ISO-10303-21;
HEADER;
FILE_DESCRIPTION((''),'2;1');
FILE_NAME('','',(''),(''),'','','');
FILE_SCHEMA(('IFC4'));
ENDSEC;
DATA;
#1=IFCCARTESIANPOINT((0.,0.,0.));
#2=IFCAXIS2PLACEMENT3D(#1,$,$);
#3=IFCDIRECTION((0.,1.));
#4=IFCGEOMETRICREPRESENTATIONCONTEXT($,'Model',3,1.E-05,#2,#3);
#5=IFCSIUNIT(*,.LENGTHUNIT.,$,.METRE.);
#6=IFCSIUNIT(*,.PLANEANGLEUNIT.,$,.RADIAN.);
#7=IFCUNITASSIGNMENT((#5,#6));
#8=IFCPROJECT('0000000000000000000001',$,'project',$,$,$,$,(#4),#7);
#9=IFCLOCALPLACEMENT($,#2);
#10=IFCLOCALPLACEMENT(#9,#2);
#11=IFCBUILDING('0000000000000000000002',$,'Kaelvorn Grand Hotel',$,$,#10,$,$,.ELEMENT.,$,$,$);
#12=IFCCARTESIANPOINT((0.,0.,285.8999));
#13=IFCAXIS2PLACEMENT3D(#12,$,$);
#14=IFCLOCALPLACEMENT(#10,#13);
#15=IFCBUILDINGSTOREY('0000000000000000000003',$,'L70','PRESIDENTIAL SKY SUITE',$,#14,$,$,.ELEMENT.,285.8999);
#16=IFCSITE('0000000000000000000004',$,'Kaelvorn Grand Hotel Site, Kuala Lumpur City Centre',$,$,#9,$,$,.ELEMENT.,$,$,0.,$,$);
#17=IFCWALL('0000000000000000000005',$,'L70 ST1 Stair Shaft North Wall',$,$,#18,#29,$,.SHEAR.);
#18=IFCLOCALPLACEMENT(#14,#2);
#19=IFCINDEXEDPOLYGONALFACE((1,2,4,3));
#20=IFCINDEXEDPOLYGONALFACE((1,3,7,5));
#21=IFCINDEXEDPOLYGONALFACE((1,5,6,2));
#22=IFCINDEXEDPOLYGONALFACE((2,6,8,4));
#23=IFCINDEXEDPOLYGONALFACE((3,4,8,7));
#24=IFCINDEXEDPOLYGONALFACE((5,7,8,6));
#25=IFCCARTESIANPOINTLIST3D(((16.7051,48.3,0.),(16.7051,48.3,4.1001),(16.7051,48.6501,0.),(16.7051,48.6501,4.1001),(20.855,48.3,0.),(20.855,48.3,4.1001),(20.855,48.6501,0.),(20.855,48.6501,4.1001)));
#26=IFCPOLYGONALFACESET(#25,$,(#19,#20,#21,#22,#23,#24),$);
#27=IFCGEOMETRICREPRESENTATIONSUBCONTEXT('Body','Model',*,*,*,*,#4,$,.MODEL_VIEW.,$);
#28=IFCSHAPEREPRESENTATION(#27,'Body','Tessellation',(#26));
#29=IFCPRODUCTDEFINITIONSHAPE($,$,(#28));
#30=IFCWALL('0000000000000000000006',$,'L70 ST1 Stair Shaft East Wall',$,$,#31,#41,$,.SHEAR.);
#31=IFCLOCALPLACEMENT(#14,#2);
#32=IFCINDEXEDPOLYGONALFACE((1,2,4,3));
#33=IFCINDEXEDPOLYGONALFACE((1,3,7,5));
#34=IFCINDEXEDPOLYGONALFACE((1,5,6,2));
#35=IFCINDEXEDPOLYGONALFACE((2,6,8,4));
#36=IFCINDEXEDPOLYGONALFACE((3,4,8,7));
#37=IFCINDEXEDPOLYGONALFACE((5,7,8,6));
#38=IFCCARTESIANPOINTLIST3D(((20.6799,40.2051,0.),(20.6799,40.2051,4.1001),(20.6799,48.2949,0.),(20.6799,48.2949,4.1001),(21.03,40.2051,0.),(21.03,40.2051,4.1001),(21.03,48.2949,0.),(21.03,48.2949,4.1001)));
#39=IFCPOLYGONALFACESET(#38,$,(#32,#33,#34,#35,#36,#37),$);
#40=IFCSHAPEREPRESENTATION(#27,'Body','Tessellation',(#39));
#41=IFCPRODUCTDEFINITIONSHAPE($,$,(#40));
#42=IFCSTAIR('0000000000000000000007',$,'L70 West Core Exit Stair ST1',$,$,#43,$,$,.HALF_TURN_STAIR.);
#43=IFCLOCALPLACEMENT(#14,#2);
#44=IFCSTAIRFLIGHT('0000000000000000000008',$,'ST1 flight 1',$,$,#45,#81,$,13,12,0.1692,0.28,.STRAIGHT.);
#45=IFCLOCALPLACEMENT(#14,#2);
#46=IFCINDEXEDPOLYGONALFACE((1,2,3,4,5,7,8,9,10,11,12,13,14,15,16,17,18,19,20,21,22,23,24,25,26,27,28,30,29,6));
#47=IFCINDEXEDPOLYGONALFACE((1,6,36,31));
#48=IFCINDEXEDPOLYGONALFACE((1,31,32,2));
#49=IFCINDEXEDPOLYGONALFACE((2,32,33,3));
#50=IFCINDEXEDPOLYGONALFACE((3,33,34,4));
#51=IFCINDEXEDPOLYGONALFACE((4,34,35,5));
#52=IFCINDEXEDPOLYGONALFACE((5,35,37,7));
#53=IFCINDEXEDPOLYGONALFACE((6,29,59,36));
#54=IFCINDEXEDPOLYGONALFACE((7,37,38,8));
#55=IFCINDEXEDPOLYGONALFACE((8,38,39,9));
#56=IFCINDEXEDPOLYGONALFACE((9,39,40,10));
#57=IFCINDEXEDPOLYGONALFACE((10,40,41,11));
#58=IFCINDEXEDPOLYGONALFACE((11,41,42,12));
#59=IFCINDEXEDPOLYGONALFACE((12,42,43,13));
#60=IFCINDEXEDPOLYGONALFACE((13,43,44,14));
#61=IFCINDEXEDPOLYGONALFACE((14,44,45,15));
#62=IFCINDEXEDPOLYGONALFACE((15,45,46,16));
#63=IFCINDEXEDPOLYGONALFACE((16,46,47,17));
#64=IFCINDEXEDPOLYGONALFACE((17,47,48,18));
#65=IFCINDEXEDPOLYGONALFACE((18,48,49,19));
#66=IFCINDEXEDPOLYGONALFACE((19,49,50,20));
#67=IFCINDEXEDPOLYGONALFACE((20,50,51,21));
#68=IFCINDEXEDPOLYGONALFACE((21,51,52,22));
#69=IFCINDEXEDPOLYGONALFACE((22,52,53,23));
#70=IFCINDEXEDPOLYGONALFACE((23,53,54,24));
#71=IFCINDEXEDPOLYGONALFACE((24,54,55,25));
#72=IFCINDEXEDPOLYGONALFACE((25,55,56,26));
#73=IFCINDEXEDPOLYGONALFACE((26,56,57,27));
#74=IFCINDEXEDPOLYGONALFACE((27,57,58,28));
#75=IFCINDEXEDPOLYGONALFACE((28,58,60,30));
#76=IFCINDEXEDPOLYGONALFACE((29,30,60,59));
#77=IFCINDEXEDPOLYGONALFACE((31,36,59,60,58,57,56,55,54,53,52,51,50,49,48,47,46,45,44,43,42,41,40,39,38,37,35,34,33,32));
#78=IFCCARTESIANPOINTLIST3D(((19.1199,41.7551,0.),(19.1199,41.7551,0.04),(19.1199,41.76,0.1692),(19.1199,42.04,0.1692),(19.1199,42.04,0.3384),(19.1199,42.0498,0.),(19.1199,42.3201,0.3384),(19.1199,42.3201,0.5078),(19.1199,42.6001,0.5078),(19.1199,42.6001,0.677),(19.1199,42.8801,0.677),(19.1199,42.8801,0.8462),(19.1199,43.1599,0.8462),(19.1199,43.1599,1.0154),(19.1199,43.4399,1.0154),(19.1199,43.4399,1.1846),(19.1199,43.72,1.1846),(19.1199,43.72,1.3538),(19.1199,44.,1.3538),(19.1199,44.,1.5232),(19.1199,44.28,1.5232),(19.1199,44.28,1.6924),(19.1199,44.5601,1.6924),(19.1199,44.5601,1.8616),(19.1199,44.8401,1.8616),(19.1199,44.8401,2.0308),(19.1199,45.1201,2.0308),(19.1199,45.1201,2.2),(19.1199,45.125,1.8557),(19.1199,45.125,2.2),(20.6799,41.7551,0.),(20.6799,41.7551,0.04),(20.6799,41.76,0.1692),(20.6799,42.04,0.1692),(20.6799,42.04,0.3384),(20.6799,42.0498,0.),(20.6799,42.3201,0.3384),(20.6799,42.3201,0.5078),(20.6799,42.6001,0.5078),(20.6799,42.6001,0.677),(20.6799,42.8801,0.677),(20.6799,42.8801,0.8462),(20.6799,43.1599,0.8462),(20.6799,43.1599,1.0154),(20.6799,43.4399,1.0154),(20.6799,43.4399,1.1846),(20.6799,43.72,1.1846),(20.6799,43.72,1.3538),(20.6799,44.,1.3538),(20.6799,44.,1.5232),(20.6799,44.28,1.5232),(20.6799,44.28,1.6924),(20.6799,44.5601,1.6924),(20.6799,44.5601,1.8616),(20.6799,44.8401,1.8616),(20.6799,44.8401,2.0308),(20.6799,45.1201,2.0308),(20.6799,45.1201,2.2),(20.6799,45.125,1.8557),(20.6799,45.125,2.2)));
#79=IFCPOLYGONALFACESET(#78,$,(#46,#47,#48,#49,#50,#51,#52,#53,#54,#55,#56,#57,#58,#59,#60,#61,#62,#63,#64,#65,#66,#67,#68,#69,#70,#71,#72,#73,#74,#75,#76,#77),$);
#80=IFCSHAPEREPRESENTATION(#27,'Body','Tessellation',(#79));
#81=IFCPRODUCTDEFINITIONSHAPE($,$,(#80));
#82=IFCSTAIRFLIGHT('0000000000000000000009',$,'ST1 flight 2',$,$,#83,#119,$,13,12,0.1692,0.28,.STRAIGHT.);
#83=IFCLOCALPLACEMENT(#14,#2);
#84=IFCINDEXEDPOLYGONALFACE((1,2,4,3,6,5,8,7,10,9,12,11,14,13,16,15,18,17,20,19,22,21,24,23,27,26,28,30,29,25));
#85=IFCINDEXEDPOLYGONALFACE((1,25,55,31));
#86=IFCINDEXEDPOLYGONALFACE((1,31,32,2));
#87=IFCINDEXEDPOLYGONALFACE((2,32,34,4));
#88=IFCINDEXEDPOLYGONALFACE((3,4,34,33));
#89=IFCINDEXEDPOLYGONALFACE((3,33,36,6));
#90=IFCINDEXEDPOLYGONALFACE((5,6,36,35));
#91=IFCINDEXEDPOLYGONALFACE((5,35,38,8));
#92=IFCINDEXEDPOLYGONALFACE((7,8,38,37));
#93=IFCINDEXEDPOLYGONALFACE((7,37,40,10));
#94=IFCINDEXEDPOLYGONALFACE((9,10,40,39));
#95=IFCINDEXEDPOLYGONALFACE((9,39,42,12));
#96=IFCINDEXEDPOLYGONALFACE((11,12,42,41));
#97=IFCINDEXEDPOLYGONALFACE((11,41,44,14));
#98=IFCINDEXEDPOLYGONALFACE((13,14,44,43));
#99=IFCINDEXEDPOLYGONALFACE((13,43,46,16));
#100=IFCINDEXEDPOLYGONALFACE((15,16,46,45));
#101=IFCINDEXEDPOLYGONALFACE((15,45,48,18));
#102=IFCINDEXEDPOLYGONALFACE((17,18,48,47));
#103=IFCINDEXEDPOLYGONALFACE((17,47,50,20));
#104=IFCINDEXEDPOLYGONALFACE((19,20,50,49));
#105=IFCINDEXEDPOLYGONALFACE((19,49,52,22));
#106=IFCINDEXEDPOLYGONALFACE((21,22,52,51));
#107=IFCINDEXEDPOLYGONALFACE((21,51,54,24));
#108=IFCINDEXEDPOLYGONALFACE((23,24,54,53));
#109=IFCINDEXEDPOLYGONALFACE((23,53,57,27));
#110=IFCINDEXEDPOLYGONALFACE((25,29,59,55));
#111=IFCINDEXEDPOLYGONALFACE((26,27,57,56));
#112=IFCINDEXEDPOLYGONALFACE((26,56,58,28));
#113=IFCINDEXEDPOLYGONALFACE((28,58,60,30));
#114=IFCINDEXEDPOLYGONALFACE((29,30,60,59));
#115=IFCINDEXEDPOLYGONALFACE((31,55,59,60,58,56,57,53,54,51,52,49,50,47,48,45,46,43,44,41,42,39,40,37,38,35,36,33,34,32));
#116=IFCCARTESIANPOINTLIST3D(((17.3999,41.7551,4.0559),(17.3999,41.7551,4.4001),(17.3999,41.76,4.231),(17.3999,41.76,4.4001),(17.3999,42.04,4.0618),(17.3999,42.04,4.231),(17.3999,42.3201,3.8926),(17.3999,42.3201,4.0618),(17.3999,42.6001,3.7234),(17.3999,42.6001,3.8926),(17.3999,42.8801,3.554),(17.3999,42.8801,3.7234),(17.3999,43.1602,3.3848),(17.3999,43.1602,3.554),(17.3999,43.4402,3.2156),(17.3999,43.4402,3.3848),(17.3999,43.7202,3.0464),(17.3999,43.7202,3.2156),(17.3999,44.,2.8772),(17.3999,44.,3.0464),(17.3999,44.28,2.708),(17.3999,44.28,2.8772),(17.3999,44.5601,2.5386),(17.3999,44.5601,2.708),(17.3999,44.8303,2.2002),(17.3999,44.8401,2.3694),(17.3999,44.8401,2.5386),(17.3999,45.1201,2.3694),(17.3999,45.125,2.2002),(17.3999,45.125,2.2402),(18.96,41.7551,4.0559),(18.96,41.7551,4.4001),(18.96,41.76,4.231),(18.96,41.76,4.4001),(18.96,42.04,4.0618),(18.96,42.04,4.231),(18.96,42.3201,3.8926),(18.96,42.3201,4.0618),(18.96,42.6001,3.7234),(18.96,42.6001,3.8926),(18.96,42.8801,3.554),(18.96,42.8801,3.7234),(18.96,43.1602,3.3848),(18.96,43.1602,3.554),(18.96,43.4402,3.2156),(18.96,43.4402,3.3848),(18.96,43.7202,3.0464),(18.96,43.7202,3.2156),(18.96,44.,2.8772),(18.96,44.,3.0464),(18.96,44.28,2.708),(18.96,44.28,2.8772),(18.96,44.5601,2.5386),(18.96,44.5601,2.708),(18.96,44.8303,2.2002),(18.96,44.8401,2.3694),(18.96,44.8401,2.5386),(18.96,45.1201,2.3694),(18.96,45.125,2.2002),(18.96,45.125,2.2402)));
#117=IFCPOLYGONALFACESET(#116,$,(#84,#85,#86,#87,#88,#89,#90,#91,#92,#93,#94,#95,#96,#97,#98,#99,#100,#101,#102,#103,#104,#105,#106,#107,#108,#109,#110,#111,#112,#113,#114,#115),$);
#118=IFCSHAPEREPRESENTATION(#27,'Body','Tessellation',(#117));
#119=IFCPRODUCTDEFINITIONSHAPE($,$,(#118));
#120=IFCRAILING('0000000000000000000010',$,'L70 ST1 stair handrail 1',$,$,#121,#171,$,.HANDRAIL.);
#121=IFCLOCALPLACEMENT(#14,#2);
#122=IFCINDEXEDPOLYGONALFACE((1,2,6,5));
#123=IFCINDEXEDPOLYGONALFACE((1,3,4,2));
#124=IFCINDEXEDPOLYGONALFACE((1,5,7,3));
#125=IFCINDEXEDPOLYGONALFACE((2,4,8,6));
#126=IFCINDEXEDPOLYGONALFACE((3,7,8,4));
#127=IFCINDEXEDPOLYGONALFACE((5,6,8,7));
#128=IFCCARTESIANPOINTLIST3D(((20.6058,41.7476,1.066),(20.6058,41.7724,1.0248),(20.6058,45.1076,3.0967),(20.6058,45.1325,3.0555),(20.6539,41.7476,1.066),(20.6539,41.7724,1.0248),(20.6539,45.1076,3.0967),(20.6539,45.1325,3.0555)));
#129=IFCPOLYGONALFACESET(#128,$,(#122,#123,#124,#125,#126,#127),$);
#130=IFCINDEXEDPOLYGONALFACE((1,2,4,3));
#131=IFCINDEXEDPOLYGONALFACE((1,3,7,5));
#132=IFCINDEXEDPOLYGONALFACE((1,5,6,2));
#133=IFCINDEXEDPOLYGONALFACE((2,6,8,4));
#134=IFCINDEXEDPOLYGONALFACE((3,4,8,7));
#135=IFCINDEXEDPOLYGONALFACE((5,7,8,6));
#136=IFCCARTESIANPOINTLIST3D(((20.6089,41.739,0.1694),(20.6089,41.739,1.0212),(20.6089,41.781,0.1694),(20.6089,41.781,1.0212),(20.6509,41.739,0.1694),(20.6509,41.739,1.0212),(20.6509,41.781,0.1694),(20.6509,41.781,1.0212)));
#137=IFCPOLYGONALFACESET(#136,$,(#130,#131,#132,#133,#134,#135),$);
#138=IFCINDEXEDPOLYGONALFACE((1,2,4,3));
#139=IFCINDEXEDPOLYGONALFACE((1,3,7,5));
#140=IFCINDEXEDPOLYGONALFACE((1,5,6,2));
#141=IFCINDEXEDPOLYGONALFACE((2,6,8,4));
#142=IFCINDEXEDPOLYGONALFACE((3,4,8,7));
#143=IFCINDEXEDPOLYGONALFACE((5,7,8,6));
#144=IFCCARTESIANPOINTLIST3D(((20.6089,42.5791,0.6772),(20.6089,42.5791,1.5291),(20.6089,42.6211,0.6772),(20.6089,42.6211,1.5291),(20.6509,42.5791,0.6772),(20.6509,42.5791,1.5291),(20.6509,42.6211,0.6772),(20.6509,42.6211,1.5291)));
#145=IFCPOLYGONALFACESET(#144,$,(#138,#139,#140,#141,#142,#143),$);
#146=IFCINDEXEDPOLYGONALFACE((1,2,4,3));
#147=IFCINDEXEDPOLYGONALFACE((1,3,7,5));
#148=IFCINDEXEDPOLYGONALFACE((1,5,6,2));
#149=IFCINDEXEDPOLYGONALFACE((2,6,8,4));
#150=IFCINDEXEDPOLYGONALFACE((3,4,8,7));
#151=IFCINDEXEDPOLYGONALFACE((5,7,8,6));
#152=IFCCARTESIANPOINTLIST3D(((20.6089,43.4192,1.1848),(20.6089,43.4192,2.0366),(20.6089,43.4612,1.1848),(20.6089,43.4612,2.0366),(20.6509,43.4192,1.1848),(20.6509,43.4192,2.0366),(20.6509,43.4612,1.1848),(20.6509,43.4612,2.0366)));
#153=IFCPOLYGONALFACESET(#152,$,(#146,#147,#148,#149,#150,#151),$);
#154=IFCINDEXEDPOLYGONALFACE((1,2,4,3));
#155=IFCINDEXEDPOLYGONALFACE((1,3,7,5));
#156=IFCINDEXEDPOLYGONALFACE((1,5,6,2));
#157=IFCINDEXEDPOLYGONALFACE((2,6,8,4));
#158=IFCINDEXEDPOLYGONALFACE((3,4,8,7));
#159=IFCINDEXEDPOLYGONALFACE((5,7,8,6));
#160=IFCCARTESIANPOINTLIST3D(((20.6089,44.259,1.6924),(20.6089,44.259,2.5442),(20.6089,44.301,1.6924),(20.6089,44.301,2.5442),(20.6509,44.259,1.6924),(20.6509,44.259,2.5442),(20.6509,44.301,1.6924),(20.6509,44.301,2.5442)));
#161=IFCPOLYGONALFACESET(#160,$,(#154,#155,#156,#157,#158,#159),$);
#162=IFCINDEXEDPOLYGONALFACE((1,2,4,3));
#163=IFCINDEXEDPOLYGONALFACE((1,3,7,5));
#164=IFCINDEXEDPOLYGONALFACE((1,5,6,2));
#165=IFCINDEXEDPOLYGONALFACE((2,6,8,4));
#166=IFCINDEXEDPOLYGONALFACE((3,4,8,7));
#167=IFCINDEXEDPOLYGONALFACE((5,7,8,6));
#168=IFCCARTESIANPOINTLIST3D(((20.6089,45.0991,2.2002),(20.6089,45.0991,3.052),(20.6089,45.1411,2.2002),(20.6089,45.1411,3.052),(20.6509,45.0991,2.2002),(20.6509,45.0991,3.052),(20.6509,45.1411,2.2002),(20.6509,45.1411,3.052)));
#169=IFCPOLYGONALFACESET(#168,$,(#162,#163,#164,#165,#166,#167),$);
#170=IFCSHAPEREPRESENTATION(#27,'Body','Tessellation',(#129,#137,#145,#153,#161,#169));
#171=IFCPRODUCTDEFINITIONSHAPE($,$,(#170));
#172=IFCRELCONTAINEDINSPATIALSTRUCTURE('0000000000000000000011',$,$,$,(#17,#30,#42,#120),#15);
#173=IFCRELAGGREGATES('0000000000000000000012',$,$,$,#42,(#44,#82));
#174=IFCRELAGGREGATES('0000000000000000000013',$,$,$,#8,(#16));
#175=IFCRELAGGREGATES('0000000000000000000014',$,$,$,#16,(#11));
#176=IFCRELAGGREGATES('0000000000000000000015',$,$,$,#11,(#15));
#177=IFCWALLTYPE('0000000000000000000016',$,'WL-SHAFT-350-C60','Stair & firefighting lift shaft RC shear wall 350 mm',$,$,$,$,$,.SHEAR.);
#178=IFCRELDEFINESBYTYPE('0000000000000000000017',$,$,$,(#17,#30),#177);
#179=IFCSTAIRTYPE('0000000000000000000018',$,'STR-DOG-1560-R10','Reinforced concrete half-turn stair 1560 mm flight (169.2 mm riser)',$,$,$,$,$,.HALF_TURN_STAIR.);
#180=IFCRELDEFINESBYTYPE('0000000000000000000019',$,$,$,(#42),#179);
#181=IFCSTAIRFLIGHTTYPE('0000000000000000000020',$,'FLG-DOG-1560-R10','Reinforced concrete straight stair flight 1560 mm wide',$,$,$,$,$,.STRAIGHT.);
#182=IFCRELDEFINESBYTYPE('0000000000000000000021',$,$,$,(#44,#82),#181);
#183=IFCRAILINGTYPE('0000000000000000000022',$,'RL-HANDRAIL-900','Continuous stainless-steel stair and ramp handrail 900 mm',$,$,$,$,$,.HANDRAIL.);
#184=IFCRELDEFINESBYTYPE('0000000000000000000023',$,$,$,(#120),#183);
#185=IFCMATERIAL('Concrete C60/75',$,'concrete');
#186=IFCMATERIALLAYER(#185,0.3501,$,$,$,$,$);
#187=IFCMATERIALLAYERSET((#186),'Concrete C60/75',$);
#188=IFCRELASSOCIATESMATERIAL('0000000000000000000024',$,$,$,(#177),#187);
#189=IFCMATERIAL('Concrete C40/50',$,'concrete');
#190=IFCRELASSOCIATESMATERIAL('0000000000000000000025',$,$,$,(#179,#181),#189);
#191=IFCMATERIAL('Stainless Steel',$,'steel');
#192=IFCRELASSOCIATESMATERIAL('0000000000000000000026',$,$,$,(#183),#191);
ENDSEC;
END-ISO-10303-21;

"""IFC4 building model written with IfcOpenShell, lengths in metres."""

from ifc_helpers import new_model, si_unit, direction, frame, frame_2d, origin, origin_2d, place, context, subcontext, project, spatial, polyline, rectangle, outline, extrude, material, layer, layer_set, type_object, element, aggregate, save


model = new_model("IFC4")

# Units and contexts
model_context = context("Model", 3, precision=1e-05, world=origin(), true_north=direction((0.0, 1.0)))
body_context = subcontext(model_context, "Body", "Model", "MODEL_VIEW")
ifc_project = project(units=[si_unit("LENGTHUNIT", "METRE"), si_unit("PLANEANGLEUNIT", "RADIAN")], contexts=[model_context])

# Site, building, storey
site_placement = place(None, origin())
site = spatial("IfcSite", under=ifc_project, at=site_placement, Name="Kaelvorn Grand Hotel Site, Kuala Lumpur City Centre", CompositionType="ELEMENT", RefElevation=0.0)
building_placement = place(site_placement, origin())
building = spatial("IfcBuilding", under=site, at=building_placement, Name="Kaelvorn Grand Hotel", CompositionType="ELEMENT")
storey_placement = place(building_placement, frame((0.0, 0.0, 285.8999)))
storey = spatial("IfcBuildingStorey", under=building, at=storey_placement, Name="L70", Description="PRESIDENTIAL SKY SUITE", CompositionType="ELEMENT", Elevation=285.8999)

# Shared definitions
ifc_material_1 = material(Name="Concrete C60/75", Category="concrete")

# Shared definitions
ifc_material_2 = material(Name="Concrete C40/50", Category="concrete")

# Walls
ifc_layer_1 = layer(ifc_material_1, 0.3501)
ifc_layer_set_1 = layer_set([ifc_layer_1], Name="Concrete C60/75")
wall_type_1 = type_object("IfcWallType", Name="WL-SHAFT-350-C60", Description="Stair & firefighting lift shaft RC shear wall 350 mm", PredefinedType="SHEAR", material=ifc_layer_set_1)
wall_1_placement = place(storey_placement, frame((16.7051, 48.4751, 0.0), z_axis=(0.0, 0.0, 1.0), x_axis=(1.0, 0.0, 0.0)))
element("IfcWall", 1, at=wall_1_placement, inside=storey, type_object=wall_type_1, Name="L70 ST1 Stair Shaft North Wall", PredefinedType="SHEAR", context=body_context, shape_type="SweptSolid", body=[
    extrude(rectangle(XDim=4.1499, YDim=0.3501, at=frame_2d((2.075, 0.0))), origin(), (0.0, 0.0, 1.0), 4.1001),
])
wall_2_placement = place(storey_placement, frame((20.855, 40.2051, 0.0), z_axis=(0.0, 0.0, 1.0), x_axis=(0.0, 1.0, 0.0)))
element("IfcWall", 2, at=wall_2_placement, inside=storey, type_object=wall_type_1, Name="L70 ST1 Stair Shaft East Wall", PredefinedType="SHEAR", context=body_context, shape_type="SweptSolid", body=[
    extrude(rectangle(XDim=8.0898, YDim=0.3501, at=frame_2d((4.0449, 0.0))), origin(), (0.0, 0.0, 1.0), 4.1001),
])

# Stair, stair flights
stair_type = type_object("IfcStairType", Name="STR-DOG-1560-R10", Description="Reinforced concrete half-turn stair 1560 mm flight (169.2 mm riser)", PredefinedType="HALF_TURN_STAIR", material=ifc_material_2)
stair_placement = place(storey_placement, origin())
stair = element("IfcStair", 3, at=stair_placement, inside=storey, type_object=stair_type, Name="L70 West Core Exit Stair ST1", PredefinedType="HALF_TURN_STAIR")
stair_flight_type = type_object("IfcStairFlightType", Name="FLG-DOG-1560-R10", Description="Reinforced concrete straight stair flight 1560 mm wide", PredefinedType="STRAIGHT", material=ifc_material_2)
stair_flight_1_placement = place(storey_placement, frame((19.8999, 41.76, 0.0), z_axis=(0.0, 0.0, 1.0), x_axis=(0.0, 1.0, 0.0)))
stair_flight_1 = element("IfcStairFlight", 4, at=stair_flight_1_placement, type_object=stair_flight_type, Name="ST1 flight 1", NumberOfRisers=13, NumberOfTreads=12, PredefinedType="STRAIGHT", RiserHeight=0.1692, TreadLength=0.28, context=body_context, shape_type="SweptSolid", body=[
    extrude(outline(polyline([(-0.0049, 0.0), (-0.0049, 0.04), (0.0, 0.1692), (0.28, 0.1692), (0.28, 0.3384), (0.5601, 0.3384), (0.5601, 0.5078), (0.8401, 0.5078), (0.8401, 0.677), (1.1201, 0.677), (1.1201, 0.8462), (1.3999, 0.8462), (1.3999, 1.0154), (1.6799, 1.0154), (1.6799, 1.1846), (1.96, 1.1846), (1.96, 1.3538), (2.24, 1.3538), (2.24, 1.5232), (2.52, 1.5232), (2.52, 1.6924), (2.8, 1.6924), (2.8, 1.8616), (3.0801, 1.8616), (3.0801, 2.0308), (3.3601, 2.0308), (3.3601, 2.2), (3.365, 2.2), (3.365, 1.8557), (0.2898, 0.0), (-0.0049, 0.0)])), frame((0.0, 0.78, 0.0), z_axis=(0.0, -1.0, 0.0), x_axis=(1.0, 0.0, 0.0)), (0.0, 0.0, 1.0), 1.5601),
])
stair_flight_2_placement = place(storey_placement, frame((18.1799, 45.1201, 2.2002), z_axis=(0.0, 0.0, 1.0), x_axis=(0.0, -1.0, 0.0)))
stair_flight_2 = element("IfcStairFlight", 5, at=stair_flight_2_placement, type_object=stair_flight_type, Name="ST1 flight 2", NumberOfRisers=13, NumberOfTreads=12, PredefinedType="STRAIGHT", RiserHeight=0.1692, TreadLength=0.28, context=body_context, shape_type="SweptSolid", body=[
    extrude(outline(polyline([(-0.0049, 0.0), (-0.0049, 0.04), (0.0, 0.1692), (0.28, 0.1692), (0.28, 0.3384), (0.5601, 0.3384), (0.5601, 0.5078), (0.8401, 0.5078), (0.8401, 0.677), (1.1201, 0.677), (1.1201, 0.8462), (1.3999, 0.8462), (1.3999, 1.0154), (1.6799, 1.0154), (1.6799, 1.1846), (1.96, 1.1846), (1.96, 1.3538), (2.24, 1.3538), (2.24, 1.5232), (2.52, 1.5232), (2.52, 1.6924), (2.8, 1.6924), (2.8, 1.8616), (3.0801, 1.8616), (3.0801, 2.0308), (3.3601, 2.0308), (3.3601, 2.2), (3.365, 2.2), (3.365, 1.8557), (0.2898, 0.0), (-0.0049, 0.0)])), frame((0.0, 0.78, 0.0), z_axis=(0.0, -1.0, 0.0), x_axis=(1.0, 0.0, 0.0)), (0.0, 0.0, 1.0), 1.5601),
])
aggregate(stair, [stair_flight_1, stair_flight_2])

# Railing
ifc_material_3 = material(Name="Stainless Steel", Category="steel")
railing_type_1 = type_object("IfcRailingType", Name="RL-HANDRAIL-900", Description="Continuous stainless-steel stair and ramp handrail 900 mm", PredefinedType="HANDRAIL", material=ifc_material_3)
railing_1_placement = place(storey_placement, frame((20.6299, 41.76, 0.1694)))
element("IfcRailing", 6, at=railing_1_placement, inside=storey, type_object=railing_type_1, Name="L70 ST1 stair handrail 1", PredefinedType="HANDRAIL", context=body_context, shape_type="SweptSolid", body=[
    extrude(rectangle(XDim=0.0481, YDim=0.0481, at=origin_2d()), frame((0.0, 0.0, 0.876), z_axis=(0.0, 0.855837, 0.517246), x_axis=(-1.0, 0.0, 0.0)), (0.0, 0.0, 1.0), 3.926),
    extrude(rectangle(XDim=0.042, YDim=0.042, at=origin_2d()), origin(), (0.0, 0.0, 1.0), 0.8518),
    extrude(rectangle(XDim=0.042, YDim=0.042, at=origin_2d()), frame((0.0, 0.8401, 0.5078)), (0.0, 0.0, 1.0), 0.8518),
    extrude(rectangle(XDim=0.042, YDim=0.042, at=origin_2d()), frame((0.0, 1.6802, 1.0154)), (0.0, 0.0, 1.0), 0.8518),
    extrude(rectangle(XDim=0.042, YDim=0.042, at=origin_2d()), frame((0.0, 2.52, 1.5229)), (0.0, 0.0, 1.0), 0.8518),
    extrude(rectangle(XDim=0.042, YDim=0.042, at=origin_2d()), frame((0.0, 3.3601, 2.0308)), (0.0, 0.0, 1.0), 0.8518),
])

save(model, "model.ifc")
